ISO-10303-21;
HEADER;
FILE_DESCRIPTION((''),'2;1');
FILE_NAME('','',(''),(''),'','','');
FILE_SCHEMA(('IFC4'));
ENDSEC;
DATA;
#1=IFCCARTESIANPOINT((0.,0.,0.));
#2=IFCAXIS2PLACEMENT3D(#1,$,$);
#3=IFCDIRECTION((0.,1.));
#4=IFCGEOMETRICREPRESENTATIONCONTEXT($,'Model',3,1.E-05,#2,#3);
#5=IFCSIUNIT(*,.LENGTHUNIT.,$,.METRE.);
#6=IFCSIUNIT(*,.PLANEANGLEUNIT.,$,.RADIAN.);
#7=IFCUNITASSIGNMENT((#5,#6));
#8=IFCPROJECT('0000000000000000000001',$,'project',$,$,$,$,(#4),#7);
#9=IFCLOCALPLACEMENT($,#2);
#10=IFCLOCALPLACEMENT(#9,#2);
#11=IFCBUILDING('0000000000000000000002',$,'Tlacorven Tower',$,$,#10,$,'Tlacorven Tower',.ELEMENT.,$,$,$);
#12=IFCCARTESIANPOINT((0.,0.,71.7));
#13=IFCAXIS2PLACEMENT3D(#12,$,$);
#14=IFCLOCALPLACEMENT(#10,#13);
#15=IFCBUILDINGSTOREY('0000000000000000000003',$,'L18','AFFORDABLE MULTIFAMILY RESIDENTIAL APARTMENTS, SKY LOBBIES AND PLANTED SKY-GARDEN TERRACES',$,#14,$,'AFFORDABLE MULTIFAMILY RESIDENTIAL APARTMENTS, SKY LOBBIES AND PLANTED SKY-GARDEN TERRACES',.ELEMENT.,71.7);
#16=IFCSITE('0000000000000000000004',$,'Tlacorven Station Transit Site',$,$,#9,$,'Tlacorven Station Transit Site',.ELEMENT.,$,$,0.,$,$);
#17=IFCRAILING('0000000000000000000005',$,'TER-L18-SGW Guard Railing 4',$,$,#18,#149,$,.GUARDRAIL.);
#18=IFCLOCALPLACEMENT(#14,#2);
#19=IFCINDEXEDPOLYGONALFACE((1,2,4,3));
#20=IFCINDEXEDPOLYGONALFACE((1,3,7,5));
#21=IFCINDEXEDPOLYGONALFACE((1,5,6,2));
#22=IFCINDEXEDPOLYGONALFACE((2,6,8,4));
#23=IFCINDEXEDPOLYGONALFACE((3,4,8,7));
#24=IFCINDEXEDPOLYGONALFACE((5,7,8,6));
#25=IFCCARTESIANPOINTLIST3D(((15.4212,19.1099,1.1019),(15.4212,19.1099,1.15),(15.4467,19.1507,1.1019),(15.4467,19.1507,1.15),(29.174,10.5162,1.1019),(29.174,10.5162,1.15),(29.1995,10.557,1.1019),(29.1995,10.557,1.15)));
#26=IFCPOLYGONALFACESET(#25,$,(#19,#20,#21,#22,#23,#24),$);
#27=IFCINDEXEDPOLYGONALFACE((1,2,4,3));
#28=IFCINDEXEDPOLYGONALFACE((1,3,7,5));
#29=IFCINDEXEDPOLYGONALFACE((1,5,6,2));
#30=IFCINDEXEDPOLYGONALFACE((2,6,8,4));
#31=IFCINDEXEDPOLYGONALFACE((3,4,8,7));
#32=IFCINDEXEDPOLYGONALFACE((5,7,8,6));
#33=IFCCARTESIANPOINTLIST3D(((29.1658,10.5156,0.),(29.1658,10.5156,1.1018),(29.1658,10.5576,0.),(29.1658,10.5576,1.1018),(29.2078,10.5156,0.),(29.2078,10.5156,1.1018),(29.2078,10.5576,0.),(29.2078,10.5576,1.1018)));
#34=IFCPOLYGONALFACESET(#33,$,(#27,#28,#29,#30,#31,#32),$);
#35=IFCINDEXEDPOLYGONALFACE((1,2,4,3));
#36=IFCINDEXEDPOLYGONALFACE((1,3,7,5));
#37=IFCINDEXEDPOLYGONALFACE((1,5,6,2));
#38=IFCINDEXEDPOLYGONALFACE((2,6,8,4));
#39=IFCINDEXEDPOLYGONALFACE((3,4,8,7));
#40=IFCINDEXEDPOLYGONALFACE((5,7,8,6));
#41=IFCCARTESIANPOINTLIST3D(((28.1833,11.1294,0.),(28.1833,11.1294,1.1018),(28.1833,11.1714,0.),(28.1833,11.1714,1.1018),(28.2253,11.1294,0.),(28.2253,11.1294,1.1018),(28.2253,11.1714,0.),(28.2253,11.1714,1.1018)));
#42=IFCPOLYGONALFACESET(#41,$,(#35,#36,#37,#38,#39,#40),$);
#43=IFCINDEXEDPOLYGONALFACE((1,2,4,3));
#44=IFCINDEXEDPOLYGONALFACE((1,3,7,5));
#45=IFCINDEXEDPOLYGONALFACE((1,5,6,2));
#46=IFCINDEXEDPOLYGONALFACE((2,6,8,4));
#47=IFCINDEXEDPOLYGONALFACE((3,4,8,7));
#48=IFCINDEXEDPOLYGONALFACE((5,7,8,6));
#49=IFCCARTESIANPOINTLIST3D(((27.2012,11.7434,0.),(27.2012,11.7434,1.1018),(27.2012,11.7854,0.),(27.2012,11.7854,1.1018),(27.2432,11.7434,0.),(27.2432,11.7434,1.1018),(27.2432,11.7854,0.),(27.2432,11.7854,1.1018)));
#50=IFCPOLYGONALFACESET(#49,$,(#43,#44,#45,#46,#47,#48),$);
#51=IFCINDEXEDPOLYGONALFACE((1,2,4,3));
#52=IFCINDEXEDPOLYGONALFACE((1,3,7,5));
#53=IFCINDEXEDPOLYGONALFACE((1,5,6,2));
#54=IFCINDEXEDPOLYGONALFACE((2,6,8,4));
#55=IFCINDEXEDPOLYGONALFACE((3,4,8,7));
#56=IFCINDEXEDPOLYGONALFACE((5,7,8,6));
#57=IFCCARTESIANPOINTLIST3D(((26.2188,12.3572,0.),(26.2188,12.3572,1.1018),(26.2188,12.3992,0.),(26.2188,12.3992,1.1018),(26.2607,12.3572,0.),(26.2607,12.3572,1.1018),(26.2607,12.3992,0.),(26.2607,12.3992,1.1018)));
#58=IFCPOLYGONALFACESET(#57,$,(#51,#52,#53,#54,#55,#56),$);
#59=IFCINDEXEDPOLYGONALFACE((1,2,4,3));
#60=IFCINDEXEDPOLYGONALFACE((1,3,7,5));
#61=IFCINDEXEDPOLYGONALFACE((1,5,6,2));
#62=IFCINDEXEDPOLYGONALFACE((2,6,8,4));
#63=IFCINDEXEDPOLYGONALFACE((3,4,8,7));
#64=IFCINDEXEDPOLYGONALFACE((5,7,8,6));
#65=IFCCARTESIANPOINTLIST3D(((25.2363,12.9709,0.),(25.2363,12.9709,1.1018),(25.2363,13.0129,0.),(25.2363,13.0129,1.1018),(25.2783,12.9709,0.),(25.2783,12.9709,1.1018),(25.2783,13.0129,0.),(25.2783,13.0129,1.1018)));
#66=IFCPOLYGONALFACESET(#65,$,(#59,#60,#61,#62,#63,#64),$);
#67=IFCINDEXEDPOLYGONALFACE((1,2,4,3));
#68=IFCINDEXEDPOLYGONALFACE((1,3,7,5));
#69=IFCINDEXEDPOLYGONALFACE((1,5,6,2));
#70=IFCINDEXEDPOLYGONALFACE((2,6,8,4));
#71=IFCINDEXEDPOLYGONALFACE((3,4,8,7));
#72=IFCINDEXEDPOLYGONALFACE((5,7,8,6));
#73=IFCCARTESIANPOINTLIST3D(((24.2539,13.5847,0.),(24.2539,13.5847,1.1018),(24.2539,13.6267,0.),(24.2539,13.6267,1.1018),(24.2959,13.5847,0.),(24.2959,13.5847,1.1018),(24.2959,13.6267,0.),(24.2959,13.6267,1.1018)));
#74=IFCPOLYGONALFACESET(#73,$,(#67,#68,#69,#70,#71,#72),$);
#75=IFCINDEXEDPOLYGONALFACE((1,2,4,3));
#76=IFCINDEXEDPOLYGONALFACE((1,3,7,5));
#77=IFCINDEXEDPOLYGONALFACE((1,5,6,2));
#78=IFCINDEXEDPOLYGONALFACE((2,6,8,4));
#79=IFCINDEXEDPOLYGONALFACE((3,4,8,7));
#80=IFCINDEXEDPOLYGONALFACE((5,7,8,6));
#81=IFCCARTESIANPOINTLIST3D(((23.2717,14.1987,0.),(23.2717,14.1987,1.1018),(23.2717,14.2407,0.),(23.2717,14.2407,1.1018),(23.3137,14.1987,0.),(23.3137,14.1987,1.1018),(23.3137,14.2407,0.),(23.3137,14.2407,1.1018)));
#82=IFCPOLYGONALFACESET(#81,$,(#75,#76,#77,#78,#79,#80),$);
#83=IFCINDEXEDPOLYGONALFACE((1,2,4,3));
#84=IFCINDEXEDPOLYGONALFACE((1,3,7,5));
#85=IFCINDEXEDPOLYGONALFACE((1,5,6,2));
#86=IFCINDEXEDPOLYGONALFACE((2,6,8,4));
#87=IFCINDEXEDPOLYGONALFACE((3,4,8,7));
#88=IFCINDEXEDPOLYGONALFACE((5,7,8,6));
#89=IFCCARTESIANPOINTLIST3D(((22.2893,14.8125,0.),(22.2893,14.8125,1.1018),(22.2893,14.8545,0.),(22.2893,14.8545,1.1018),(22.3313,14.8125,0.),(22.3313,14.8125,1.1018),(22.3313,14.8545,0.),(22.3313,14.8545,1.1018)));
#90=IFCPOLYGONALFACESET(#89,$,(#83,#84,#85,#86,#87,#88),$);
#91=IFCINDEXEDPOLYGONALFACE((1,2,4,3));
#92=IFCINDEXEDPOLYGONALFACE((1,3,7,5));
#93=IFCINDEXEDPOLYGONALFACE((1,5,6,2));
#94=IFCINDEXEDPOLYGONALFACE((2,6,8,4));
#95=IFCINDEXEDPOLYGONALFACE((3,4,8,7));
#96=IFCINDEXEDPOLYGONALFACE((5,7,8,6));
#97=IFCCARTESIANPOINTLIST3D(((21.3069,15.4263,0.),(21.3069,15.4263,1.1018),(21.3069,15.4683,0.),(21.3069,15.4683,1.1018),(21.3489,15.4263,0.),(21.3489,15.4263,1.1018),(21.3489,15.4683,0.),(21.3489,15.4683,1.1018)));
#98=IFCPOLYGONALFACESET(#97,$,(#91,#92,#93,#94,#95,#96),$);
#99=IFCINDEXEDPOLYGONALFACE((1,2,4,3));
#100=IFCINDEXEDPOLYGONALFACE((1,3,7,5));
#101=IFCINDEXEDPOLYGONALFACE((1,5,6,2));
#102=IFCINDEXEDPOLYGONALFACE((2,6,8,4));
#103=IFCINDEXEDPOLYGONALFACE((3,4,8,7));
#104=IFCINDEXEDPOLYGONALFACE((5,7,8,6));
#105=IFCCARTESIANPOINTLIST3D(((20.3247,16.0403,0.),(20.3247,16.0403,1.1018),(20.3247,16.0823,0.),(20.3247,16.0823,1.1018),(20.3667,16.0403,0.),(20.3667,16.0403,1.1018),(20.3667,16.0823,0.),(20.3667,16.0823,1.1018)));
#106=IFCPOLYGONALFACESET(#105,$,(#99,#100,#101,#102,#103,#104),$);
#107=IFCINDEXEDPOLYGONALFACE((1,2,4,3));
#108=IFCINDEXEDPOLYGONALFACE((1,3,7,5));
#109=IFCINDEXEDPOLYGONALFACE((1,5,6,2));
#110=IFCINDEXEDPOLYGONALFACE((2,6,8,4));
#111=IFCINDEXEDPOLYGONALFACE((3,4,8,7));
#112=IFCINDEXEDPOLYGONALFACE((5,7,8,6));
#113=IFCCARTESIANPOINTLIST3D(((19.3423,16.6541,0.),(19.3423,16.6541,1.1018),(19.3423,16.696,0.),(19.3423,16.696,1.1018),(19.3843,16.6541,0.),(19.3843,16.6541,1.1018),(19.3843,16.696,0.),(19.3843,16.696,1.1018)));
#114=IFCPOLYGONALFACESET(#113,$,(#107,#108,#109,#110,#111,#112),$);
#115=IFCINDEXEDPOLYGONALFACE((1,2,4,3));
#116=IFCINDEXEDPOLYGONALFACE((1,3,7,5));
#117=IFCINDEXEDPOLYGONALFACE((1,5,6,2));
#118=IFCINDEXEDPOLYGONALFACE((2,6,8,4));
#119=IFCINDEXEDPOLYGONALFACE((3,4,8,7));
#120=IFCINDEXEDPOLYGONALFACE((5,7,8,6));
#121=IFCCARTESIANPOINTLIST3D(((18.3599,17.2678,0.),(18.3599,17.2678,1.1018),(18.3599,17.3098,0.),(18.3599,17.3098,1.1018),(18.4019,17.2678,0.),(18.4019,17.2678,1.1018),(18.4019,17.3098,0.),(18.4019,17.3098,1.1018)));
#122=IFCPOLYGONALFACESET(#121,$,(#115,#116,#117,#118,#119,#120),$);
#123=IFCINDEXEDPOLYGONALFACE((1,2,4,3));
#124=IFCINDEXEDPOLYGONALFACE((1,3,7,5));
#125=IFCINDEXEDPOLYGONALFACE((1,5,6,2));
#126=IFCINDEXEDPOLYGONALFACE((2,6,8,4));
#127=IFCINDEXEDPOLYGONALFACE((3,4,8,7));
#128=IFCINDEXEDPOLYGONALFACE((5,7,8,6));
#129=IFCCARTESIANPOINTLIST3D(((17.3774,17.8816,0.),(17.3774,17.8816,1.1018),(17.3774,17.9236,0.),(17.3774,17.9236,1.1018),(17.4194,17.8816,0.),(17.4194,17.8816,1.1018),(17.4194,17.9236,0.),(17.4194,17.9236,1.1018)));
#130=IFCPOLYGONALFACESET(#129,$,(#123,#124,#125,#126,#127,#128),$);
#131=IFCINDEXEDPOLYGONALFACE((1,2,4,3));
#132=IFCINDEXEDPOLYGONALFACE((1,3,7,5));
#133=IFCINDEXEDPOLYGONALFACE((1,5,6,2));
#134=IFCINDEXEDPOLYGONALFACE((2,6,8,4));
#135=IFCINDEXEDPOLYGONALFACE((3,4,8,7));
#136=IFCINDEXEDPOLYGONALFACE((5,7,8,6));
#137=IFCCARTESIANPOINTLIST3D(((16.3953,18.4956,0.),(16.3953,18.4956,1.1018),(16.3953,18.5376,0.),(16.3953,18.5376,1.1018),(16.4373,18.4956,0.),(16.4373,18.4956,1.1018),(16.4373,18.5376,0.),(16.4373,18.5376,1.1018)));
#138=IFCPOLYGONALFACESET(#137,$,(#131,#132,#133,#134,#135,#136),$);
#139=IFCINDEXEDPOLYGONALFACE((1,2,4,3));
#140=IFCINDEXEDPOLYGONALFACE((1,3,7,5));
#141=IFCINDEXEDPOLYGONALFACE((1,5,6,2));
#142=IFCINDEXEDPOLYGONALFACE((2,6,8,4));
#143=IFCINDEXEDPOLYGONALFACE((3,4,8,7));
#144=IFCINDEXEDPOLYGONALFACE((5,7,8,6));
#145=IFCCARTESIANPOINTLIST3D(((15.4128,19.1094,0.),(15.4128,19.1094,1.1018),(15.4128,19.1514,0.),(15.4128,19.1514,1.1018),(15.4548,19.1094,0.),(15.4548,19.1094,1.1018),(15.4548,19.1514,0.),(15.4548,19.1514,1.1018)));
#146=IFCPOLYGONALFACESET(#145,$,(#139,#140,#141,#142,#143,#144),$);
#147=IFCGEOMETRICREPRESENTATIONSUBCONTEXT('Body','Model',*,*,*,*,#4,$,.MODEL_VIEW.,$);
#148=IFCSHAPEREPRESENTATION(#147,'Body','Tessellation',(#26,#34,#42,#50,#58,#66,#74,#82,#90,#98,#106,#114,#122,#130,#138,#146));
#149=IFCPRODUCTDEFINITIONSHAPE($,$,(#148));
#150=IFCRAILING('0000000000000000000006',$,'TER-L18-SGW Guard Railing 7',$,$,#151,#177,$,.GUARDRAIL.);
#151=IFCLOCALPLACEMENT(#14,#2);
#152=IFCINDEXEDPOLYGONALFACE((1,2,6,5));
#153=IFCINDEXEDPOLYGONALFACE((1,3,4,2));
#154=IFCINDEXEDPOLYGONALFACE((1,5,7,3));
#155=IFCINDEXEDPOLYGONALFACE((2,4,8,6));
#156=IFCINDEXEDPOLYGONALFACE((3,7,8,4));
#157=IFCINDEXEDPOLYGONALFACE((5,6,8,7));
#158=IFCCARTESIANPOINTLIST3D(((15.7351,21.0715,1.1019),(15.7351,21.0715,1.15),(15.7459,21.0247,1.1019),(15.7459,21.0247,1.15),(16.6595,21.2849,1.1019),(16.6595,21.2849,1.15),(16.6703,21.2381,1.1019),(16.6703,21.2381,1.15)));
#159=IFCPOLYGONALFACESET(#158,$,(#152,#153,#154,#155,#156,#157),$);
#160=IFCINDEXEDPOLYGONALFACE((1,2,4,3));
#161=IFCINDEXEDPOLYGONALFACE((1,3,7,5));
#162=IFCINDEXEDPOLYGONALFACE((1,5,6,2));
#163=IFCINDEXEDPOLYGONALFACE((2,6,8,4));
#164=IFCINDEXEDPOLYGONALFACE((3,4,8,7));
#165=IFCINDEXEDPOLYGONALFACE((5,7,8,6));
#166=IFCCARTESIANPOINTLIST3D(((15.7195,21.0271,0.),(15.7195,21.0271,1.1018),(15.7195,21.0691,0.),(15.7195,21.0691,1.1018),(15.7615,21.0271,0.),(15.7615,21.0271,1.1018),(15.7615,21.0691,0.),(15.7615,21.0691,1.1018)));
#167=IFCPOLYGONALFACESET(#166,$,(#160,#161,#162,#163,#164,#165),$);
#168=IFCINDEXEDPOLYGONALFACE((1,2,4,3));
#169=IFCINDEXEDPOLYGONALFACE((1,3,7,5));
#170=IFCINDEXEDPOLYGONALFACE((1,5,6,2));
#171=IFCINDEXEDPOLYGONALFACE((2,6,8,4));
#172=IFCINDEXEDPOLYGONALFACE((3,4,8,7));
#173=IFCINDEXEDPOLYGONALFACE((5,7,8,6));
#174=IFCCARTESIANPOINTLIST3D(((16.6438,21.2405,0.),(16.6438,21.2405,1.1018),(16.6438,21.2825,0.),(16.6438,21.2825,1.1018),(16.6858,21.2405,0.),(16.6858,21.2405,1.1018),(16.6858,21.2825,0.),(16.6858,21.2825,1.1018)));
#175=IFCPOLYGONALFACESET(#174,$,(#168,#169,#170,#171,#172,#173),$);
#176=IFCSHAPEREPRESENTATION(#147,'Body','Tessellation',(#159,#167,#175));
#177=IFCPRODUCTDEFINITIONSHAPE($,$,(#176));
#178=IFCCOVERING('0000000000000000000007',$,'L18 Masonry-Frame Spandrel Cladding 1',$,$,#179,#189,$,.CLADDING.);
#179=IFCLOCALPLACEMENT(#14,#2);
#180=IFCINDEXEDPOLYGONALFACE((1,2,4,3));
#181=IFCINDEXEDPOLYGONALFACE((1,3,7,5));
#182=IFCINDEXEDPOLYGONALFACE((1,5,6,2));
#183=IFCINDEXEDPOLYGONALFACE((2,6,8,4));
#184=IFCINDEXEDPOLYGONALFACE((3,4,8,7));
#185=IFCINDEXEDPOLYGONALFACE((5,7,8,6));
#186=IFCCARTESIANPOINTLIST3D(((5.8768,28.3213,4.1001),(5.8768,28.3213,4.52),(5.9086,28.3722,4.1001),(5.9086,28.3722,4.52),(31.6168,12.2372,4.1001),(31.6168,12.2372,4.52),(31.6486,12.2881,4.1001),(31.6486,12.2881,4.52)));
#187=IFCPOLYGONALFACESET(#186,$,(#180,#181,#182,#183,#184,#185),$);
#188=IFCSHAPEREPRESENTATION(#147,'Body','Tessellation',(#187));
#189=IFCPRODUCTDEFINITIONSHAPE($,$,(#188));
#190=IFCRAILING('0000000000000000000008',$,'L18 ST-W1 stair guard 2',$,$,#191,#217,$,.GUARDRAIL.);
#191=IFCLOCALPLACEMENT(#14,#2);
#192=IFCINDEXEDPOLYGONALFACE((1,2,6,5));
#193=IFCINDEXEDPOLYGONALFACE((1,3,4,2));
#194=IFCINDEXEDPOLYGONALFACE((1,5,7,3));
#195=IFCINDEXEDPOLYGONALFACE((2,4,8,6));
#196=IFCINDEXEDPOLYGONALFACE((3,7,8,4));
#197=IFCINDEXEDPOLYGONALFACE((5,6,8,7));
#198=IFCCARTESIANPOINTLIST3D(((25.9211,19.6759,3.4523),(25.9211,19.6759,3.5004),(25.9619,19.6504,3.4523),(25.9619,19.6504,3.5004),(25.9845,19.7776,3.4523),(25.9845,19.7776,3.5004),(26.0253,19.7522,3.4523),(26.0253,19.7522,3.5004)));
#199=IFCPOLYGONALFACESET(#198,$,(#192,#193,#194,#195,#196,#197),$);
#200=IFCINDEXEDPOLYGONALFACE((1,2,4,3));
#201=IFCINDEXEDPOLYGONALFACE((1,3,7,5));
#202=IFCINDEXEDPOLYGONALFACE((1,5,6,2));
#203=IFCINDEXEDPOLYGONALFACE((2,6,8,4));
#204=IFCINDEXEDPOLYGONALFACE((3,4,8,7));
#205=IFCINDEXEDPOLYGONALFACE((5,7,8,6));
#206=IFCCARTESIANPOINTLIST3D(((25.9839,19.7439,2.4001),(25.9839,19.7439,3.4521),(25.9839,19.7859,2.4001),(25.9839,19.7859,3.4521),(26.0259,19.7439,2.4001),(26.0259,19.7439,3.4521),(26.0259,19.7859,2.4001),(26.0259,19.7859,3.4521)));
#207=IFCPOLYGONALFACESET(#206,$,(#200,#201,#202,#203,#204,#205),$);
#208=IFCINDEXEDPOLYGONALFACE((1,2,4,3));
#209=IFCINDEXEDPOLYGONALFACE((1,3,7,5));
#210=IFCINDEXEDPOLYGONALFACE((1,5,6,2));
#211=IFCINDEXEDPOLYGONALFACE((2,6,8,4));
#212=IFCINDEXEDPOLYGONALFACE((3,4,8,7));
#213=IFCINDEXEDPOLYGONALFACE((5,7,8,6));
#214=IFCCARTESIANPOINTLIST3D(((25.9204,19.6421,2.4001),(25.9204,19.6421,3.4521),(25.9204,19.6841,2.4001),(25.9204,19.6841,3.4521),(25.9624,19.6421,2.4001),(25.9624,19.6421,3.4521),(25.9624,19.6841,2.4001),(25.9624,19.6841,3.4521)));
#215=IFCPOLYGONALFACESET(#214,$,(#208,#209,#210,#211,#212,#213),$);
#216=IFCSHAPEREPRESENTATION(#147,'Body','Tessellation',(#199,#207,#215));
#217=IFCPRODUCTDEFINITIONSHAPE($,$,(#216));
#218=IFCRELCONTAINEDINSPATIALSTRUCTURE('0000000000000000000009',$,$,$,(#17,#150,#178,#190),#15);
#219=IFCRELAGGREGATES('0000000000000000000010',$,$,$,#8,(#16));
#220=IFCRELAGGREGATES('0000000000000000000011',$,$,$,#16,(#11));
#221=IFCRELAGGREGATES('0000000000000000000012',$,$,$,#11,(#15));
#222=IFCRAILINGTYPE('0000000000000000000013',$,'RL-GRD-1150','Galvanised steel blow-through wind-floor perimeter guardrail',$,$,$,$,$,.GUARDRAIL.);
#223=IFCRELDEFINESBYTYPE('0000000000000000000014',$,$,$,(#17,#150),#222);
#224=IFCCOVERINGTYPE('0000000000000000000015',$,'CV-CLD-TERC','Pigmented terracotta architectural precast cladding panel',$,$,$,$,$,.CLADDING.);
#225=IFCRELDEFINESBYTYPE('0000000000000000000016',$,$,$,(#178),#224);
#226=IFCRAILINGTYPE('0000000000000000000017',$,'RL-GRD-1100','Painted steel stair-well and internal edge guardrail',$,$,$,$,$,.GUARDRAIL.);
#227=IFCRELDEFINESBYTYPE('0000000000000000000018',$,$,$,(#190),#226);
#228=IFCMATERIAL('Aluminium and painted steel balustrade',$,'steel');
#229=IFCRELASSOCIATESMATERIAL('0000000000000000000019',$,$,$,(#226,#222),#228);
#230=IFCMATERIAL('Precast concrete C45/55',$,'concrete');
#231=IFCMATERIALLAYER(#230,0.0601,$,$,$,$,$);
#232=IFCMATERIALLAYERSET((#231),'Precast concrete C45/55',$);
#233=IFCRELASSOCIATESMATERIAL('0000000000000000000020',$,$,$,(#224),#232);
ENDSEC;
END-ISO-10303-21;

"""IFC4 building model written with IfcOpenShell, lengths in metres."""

from ifc_helpers import new_model, si_unit, direction, frame, origin, origin_2d, place, context, subcontext, project, spatial, rectangle, extrude, source, transform, mapped, material, layer, layer_set, type_object, element, save


model = new_model("IFC4")

# Units and contexts
model_context = context("Model", 3, precision=1e-05, world=origin(), true_north=direction((0.0, 1.0)))
body_context = subcontext(model_context, "Body", "Model", "MODEL_VIEW")
ifc_project = project(units=[si_unit("LENGTHUNIT", "METRE"), si_unit("PLANEANGLEUNIT", "RADIAN")], contexts=[model_context])

# Site, building, storey
site_placement = place(None, origin())
site = spatial("IfcSite", under=ifc_project, at=site_placement, Name="Tlacorven Station Transit Site", LongName="Tlacorven Station Transit Site", CompositionType="ELEMENT", RefElevation=0.0)
building_placement = place(site_placement, origin())
building = spatial("IfcBuilding", under=site, at=building_placement, Name="Tlacorven Tower", LongName="Tlacorven Tower", CompositionType="ELEMENT")
storey_placement = place(building_placement, frame((0.0, 0.0, 71.7)))
storey = spatial("IfcBuildingStorey", under=building, at=storey_placement, Name="L18", Description="AFFORDABLE MULTIFAMILY RESIDENTIAL APARTMENTS, SKY LOBBIES AND PLANTED SKY-GARDEN TERRACES", LongName="AFFORDABLE MULTIFAMILY RESIDENTIAL APARTMENTS, SKY LOBBIES AND PLANTED SKY-GARDEN TERRACES", CompositionType="ELEMENT", Elevation=71.7)

# Railings
ifc_material_1 = material(Name="Aluminium and painted steel balustrade", Category="steel")
railing_type_1 = type_object("IfcRailingType", Name="RL-GRD-1100", Description="Painted steel stair-well and internal edge guardrail", PredefinedType="GUARDRAIL", material=ifc_material_1)
railing_type_2 = type_object("IfcRailingType", Name="RL-GRD-1150", Description="Galvanised steel blow-through wind-floor perimeter guardrail", PredefinedType="GUARDRAIL", material=ifc_material_1)
shared_shape_1 = source(origin(), body_context, "Body", "SweptSolid", [
    extrude(rectangle(XDim=0.0481, YDim=0.0481, at=origin_2d()), frame((0.0, 0.0, 1.126), z_axis=(-0.848049, 0.529918, 0.0), x_axis=(-0.529918, -0.848049, 0.0)), (0.0, 0.0, 1.0), 16.217),
    extrude(rectangle(XDim=0.042, YDim=0.042, at=origin_2d()), origin(), (0.0, 0.0, 1.0), 1.1018),
    extrude(rectangle(XDim=0.042, YDim=0.042, at=origin_2d()), frame((-0.9824, 0.6138, 0.0)), (0.0, 0.0, 1.0), 1.1018),
    extrude(rectangle(XDim=0.042, YDim=0.042, at=origin_2d()), frame((-1.9646, 1.2278, 0.0)), (0.0, 0.0, 1.0), 1.1018),
    extrude(rectangle(XDim=0.042, YDim=0.042, at=origin_2d()), frame((-2.947, 1.8416, 0.0)), (0.0, 0.0, 1.0), 1.1018),
    extrude(rectangle(XDim=0.042, YDim=0.042, at=origin_2d()), frame((-3.9294, 2.4553, 0.0)), (0.0, 0.0, 1.0), 1.1018),
    extrude(rectangle(XDim=0.042, YDim=0.042, at=origin_2d()), frame((-4.9119, 3.0691, 0.0)), (0.0, 0.0, 1.0), 1.1018),
    extrude(rectangle(XDim=0.042, YDim=0.042, at=origin_2d()), frame((-5.894, 3.6831, 0.0)), (0.0, 0.0, 1.0), 1.1018),
    extrude(rectangle(XDim=0.042, YDim=0.042, at=origin_2d()), frame((-6.8765, 4.2969, 0.0)), (0.0, 0.0, 1.0), 1.1018),
    extrude(rectangle(XDim=0.042, YDim=0.042, at=origin_2d()), frame((-7.8589, 4.9106, 0.0)), (0.0, 0.0, 1.0), 1.1018),
    extrude(rectangle(XDim=0.042, YDim=0.042, at=origin_2d()), frame((-8.8411, 5.5247, 0.0)), (0.0, 0.0, 1.0), 1.1018),
    extrude(rectangle(XDim=0.042, YDim=0.042, at=origin_2d()), frame((-9.8235, 6.1384, 0.0)), (0.0, 0.0, 1.0), 1.1018),
    extrude(rectangle(XDim=0.042, YDim=0.042, at=origin_2d()), frame((-10.8059, 6.7522, 0.0)), (0.0, 0.0, 1.0), 1.1018),
    extrude(rectangle(XDim=0.042, YDim=0.042, at=origin_2d()), frame((-11.7883, 7.366, 0.0)), (0.0, 0.0, 1.0), 1.1018),
    extrude(rectangle(XDim=0.042, YDim=0.042, at=origin_2d()), frame((-12.7705, 7.98, 0.0)), (0.0, 0.0, 1.0), 1.1018),
    extrude(rectangle(XDim=0.042, YDim=0.042, at=origin_2d()), frame((-13.7529, 8.5938, 0.0)), (0.0, 0.0, 1.0), 1.1018),
])
railing_1_placement = place(storey_placement, frame((29.1868, 10.5366, 0.0)))
element("IfcRailing", 1, at=railing_1_placement, inside=storey, type_object=railing_type_2, Name="TER-L18-SGW Guard Railing 4", PredefinedType="GUARDRAIL", context=body_context, shape_type="MappedRepresentation", body=[
    mapped(shared_shape_1, transform((0.0, 0.0, 0.0), scale=1.0)),
])
shared_shape_2 = source(origin(), body_context, "Body", "SweptSolid", [
    extrude(rectangle(XDim=0.0481, YDim=0.0481, at=origin_2d()), frame((0.0, 0.0, 1.126), z_axis=(0.974374, 0.224935, 0.0), x_axis=(-0.224935, 0.974374, 0.0)), (0.0, 0.0, 1.0), 0.9487),
    extrude(rectangle(XDim=0.042, YDim=0.042, at=origin_2d()), origin(), (0.0, 0.0, 1.0), 1.1018),
    extrude(rectangle(XDim=0.042, YDim=0.042, at=origin_2d()), frame((0.9243, 0.2134, 0.0)), (0.0, 0.0, 1.0), 1.1018),
])
railing_2_placement = place(storey_placement, frame((15.7405, 21.0481, 0.0)))
element("IfcRailing", 2, at=railing_2_placement, inside=storey, type_object=railing_type_2, Name="TER-L18-SGW Guard Railing 7", PredefinedType="GUARDRAIL", context=body_context, shape_type="MappedRepresentation", body=[
    mapped(shared_shape_2, transform((0.0, 0.0, 0.0), scale=1.0)),
])

# Covering
ifc_material_2 = material(Name="Precast concrete C45/55", Category="concrete")
ifc_layer_1 = layer(ifc_material_2, 0.0601)
ifc_layer_set_1 = layer_set([ifc_layer_1], Name="Precast concrete C45/55")
covering_type = type_object("IfcCoveringType", Name="CV-CLD-TERC", Description="Pigmented terracotta architectural precast cladding panel", PredefinedType="CLADDING", material=ifc_layer_set_1)
shared_shape_3 = source(origin(), body_context, "Body", "SweptSolid", [
    extrude(rectangle(XDim=30.3521, YDim=0.0601, at=origin_2d()), origin(), (0.0, 0.0, 1.0), 0.4199),
])
covering_placement = place(storey_placement, frame((18.7627, 20.3047, 4.1001), z_axis=(0.0, 0.0, 1.0), x_axis=(-0.848048, 0.529919, 0.0)))
element("IfcCovering", 3, at=covering_placement, inside=storey, type_object=covering_type, Name="L18 Masonry-Frame Spandrel Cladding 1", PredefinedType="CLADDING", context=body_context, shape_type="MappedRepresentation", body=[
    mapped(shared_shape_3, transform((0.0, 0.0, 0.0), scale=1.0)),
])

# Railing
shared_shape_4 = source(origin(), body_context, "Body", "SweptSolid", [
    extrude(rectangle(XDim=0.0481, YDim=0.0481, at=origin_2d()), frame((0.0, 0.0, 1.0762), z_axis=(-0.529084, -0.848569, 0.0), x_axis=(0.848569, -0.529084, 0.0)), (0.0, 0.0, 1.0), 0.1199),
    extrude(rectangle(XDim=0.042, YDim=0.042, at=origin_2d()), origin(), (0.0, 0.0, 1.0), 1.052),
    extrude(rectangle(XDim=0.042, YDim=0.042, at=origin_2d()), frame((-0.0635, -0.1018, 0.0)), (0.0, 0.0, 1.0), 1.052),
])
for number, where, name in (
    (4, (26.0049, 19.7649, 2.4001), "L18 ST-W1 stair guard 2"),
):
    element("IfcRailing", number, at=place(storey_placement, frame(where)), inside=storey, type_object=railing_type_1, Name=name, PredefinedType="GUARDRAIL", context=body_context, shape_type="MappedRepresentation", body=[
        mapped(shared_shape_4, transform((0.0, 0.0, 0.0), scale=1.0)),
    ])

save(model, "model.ifc")
